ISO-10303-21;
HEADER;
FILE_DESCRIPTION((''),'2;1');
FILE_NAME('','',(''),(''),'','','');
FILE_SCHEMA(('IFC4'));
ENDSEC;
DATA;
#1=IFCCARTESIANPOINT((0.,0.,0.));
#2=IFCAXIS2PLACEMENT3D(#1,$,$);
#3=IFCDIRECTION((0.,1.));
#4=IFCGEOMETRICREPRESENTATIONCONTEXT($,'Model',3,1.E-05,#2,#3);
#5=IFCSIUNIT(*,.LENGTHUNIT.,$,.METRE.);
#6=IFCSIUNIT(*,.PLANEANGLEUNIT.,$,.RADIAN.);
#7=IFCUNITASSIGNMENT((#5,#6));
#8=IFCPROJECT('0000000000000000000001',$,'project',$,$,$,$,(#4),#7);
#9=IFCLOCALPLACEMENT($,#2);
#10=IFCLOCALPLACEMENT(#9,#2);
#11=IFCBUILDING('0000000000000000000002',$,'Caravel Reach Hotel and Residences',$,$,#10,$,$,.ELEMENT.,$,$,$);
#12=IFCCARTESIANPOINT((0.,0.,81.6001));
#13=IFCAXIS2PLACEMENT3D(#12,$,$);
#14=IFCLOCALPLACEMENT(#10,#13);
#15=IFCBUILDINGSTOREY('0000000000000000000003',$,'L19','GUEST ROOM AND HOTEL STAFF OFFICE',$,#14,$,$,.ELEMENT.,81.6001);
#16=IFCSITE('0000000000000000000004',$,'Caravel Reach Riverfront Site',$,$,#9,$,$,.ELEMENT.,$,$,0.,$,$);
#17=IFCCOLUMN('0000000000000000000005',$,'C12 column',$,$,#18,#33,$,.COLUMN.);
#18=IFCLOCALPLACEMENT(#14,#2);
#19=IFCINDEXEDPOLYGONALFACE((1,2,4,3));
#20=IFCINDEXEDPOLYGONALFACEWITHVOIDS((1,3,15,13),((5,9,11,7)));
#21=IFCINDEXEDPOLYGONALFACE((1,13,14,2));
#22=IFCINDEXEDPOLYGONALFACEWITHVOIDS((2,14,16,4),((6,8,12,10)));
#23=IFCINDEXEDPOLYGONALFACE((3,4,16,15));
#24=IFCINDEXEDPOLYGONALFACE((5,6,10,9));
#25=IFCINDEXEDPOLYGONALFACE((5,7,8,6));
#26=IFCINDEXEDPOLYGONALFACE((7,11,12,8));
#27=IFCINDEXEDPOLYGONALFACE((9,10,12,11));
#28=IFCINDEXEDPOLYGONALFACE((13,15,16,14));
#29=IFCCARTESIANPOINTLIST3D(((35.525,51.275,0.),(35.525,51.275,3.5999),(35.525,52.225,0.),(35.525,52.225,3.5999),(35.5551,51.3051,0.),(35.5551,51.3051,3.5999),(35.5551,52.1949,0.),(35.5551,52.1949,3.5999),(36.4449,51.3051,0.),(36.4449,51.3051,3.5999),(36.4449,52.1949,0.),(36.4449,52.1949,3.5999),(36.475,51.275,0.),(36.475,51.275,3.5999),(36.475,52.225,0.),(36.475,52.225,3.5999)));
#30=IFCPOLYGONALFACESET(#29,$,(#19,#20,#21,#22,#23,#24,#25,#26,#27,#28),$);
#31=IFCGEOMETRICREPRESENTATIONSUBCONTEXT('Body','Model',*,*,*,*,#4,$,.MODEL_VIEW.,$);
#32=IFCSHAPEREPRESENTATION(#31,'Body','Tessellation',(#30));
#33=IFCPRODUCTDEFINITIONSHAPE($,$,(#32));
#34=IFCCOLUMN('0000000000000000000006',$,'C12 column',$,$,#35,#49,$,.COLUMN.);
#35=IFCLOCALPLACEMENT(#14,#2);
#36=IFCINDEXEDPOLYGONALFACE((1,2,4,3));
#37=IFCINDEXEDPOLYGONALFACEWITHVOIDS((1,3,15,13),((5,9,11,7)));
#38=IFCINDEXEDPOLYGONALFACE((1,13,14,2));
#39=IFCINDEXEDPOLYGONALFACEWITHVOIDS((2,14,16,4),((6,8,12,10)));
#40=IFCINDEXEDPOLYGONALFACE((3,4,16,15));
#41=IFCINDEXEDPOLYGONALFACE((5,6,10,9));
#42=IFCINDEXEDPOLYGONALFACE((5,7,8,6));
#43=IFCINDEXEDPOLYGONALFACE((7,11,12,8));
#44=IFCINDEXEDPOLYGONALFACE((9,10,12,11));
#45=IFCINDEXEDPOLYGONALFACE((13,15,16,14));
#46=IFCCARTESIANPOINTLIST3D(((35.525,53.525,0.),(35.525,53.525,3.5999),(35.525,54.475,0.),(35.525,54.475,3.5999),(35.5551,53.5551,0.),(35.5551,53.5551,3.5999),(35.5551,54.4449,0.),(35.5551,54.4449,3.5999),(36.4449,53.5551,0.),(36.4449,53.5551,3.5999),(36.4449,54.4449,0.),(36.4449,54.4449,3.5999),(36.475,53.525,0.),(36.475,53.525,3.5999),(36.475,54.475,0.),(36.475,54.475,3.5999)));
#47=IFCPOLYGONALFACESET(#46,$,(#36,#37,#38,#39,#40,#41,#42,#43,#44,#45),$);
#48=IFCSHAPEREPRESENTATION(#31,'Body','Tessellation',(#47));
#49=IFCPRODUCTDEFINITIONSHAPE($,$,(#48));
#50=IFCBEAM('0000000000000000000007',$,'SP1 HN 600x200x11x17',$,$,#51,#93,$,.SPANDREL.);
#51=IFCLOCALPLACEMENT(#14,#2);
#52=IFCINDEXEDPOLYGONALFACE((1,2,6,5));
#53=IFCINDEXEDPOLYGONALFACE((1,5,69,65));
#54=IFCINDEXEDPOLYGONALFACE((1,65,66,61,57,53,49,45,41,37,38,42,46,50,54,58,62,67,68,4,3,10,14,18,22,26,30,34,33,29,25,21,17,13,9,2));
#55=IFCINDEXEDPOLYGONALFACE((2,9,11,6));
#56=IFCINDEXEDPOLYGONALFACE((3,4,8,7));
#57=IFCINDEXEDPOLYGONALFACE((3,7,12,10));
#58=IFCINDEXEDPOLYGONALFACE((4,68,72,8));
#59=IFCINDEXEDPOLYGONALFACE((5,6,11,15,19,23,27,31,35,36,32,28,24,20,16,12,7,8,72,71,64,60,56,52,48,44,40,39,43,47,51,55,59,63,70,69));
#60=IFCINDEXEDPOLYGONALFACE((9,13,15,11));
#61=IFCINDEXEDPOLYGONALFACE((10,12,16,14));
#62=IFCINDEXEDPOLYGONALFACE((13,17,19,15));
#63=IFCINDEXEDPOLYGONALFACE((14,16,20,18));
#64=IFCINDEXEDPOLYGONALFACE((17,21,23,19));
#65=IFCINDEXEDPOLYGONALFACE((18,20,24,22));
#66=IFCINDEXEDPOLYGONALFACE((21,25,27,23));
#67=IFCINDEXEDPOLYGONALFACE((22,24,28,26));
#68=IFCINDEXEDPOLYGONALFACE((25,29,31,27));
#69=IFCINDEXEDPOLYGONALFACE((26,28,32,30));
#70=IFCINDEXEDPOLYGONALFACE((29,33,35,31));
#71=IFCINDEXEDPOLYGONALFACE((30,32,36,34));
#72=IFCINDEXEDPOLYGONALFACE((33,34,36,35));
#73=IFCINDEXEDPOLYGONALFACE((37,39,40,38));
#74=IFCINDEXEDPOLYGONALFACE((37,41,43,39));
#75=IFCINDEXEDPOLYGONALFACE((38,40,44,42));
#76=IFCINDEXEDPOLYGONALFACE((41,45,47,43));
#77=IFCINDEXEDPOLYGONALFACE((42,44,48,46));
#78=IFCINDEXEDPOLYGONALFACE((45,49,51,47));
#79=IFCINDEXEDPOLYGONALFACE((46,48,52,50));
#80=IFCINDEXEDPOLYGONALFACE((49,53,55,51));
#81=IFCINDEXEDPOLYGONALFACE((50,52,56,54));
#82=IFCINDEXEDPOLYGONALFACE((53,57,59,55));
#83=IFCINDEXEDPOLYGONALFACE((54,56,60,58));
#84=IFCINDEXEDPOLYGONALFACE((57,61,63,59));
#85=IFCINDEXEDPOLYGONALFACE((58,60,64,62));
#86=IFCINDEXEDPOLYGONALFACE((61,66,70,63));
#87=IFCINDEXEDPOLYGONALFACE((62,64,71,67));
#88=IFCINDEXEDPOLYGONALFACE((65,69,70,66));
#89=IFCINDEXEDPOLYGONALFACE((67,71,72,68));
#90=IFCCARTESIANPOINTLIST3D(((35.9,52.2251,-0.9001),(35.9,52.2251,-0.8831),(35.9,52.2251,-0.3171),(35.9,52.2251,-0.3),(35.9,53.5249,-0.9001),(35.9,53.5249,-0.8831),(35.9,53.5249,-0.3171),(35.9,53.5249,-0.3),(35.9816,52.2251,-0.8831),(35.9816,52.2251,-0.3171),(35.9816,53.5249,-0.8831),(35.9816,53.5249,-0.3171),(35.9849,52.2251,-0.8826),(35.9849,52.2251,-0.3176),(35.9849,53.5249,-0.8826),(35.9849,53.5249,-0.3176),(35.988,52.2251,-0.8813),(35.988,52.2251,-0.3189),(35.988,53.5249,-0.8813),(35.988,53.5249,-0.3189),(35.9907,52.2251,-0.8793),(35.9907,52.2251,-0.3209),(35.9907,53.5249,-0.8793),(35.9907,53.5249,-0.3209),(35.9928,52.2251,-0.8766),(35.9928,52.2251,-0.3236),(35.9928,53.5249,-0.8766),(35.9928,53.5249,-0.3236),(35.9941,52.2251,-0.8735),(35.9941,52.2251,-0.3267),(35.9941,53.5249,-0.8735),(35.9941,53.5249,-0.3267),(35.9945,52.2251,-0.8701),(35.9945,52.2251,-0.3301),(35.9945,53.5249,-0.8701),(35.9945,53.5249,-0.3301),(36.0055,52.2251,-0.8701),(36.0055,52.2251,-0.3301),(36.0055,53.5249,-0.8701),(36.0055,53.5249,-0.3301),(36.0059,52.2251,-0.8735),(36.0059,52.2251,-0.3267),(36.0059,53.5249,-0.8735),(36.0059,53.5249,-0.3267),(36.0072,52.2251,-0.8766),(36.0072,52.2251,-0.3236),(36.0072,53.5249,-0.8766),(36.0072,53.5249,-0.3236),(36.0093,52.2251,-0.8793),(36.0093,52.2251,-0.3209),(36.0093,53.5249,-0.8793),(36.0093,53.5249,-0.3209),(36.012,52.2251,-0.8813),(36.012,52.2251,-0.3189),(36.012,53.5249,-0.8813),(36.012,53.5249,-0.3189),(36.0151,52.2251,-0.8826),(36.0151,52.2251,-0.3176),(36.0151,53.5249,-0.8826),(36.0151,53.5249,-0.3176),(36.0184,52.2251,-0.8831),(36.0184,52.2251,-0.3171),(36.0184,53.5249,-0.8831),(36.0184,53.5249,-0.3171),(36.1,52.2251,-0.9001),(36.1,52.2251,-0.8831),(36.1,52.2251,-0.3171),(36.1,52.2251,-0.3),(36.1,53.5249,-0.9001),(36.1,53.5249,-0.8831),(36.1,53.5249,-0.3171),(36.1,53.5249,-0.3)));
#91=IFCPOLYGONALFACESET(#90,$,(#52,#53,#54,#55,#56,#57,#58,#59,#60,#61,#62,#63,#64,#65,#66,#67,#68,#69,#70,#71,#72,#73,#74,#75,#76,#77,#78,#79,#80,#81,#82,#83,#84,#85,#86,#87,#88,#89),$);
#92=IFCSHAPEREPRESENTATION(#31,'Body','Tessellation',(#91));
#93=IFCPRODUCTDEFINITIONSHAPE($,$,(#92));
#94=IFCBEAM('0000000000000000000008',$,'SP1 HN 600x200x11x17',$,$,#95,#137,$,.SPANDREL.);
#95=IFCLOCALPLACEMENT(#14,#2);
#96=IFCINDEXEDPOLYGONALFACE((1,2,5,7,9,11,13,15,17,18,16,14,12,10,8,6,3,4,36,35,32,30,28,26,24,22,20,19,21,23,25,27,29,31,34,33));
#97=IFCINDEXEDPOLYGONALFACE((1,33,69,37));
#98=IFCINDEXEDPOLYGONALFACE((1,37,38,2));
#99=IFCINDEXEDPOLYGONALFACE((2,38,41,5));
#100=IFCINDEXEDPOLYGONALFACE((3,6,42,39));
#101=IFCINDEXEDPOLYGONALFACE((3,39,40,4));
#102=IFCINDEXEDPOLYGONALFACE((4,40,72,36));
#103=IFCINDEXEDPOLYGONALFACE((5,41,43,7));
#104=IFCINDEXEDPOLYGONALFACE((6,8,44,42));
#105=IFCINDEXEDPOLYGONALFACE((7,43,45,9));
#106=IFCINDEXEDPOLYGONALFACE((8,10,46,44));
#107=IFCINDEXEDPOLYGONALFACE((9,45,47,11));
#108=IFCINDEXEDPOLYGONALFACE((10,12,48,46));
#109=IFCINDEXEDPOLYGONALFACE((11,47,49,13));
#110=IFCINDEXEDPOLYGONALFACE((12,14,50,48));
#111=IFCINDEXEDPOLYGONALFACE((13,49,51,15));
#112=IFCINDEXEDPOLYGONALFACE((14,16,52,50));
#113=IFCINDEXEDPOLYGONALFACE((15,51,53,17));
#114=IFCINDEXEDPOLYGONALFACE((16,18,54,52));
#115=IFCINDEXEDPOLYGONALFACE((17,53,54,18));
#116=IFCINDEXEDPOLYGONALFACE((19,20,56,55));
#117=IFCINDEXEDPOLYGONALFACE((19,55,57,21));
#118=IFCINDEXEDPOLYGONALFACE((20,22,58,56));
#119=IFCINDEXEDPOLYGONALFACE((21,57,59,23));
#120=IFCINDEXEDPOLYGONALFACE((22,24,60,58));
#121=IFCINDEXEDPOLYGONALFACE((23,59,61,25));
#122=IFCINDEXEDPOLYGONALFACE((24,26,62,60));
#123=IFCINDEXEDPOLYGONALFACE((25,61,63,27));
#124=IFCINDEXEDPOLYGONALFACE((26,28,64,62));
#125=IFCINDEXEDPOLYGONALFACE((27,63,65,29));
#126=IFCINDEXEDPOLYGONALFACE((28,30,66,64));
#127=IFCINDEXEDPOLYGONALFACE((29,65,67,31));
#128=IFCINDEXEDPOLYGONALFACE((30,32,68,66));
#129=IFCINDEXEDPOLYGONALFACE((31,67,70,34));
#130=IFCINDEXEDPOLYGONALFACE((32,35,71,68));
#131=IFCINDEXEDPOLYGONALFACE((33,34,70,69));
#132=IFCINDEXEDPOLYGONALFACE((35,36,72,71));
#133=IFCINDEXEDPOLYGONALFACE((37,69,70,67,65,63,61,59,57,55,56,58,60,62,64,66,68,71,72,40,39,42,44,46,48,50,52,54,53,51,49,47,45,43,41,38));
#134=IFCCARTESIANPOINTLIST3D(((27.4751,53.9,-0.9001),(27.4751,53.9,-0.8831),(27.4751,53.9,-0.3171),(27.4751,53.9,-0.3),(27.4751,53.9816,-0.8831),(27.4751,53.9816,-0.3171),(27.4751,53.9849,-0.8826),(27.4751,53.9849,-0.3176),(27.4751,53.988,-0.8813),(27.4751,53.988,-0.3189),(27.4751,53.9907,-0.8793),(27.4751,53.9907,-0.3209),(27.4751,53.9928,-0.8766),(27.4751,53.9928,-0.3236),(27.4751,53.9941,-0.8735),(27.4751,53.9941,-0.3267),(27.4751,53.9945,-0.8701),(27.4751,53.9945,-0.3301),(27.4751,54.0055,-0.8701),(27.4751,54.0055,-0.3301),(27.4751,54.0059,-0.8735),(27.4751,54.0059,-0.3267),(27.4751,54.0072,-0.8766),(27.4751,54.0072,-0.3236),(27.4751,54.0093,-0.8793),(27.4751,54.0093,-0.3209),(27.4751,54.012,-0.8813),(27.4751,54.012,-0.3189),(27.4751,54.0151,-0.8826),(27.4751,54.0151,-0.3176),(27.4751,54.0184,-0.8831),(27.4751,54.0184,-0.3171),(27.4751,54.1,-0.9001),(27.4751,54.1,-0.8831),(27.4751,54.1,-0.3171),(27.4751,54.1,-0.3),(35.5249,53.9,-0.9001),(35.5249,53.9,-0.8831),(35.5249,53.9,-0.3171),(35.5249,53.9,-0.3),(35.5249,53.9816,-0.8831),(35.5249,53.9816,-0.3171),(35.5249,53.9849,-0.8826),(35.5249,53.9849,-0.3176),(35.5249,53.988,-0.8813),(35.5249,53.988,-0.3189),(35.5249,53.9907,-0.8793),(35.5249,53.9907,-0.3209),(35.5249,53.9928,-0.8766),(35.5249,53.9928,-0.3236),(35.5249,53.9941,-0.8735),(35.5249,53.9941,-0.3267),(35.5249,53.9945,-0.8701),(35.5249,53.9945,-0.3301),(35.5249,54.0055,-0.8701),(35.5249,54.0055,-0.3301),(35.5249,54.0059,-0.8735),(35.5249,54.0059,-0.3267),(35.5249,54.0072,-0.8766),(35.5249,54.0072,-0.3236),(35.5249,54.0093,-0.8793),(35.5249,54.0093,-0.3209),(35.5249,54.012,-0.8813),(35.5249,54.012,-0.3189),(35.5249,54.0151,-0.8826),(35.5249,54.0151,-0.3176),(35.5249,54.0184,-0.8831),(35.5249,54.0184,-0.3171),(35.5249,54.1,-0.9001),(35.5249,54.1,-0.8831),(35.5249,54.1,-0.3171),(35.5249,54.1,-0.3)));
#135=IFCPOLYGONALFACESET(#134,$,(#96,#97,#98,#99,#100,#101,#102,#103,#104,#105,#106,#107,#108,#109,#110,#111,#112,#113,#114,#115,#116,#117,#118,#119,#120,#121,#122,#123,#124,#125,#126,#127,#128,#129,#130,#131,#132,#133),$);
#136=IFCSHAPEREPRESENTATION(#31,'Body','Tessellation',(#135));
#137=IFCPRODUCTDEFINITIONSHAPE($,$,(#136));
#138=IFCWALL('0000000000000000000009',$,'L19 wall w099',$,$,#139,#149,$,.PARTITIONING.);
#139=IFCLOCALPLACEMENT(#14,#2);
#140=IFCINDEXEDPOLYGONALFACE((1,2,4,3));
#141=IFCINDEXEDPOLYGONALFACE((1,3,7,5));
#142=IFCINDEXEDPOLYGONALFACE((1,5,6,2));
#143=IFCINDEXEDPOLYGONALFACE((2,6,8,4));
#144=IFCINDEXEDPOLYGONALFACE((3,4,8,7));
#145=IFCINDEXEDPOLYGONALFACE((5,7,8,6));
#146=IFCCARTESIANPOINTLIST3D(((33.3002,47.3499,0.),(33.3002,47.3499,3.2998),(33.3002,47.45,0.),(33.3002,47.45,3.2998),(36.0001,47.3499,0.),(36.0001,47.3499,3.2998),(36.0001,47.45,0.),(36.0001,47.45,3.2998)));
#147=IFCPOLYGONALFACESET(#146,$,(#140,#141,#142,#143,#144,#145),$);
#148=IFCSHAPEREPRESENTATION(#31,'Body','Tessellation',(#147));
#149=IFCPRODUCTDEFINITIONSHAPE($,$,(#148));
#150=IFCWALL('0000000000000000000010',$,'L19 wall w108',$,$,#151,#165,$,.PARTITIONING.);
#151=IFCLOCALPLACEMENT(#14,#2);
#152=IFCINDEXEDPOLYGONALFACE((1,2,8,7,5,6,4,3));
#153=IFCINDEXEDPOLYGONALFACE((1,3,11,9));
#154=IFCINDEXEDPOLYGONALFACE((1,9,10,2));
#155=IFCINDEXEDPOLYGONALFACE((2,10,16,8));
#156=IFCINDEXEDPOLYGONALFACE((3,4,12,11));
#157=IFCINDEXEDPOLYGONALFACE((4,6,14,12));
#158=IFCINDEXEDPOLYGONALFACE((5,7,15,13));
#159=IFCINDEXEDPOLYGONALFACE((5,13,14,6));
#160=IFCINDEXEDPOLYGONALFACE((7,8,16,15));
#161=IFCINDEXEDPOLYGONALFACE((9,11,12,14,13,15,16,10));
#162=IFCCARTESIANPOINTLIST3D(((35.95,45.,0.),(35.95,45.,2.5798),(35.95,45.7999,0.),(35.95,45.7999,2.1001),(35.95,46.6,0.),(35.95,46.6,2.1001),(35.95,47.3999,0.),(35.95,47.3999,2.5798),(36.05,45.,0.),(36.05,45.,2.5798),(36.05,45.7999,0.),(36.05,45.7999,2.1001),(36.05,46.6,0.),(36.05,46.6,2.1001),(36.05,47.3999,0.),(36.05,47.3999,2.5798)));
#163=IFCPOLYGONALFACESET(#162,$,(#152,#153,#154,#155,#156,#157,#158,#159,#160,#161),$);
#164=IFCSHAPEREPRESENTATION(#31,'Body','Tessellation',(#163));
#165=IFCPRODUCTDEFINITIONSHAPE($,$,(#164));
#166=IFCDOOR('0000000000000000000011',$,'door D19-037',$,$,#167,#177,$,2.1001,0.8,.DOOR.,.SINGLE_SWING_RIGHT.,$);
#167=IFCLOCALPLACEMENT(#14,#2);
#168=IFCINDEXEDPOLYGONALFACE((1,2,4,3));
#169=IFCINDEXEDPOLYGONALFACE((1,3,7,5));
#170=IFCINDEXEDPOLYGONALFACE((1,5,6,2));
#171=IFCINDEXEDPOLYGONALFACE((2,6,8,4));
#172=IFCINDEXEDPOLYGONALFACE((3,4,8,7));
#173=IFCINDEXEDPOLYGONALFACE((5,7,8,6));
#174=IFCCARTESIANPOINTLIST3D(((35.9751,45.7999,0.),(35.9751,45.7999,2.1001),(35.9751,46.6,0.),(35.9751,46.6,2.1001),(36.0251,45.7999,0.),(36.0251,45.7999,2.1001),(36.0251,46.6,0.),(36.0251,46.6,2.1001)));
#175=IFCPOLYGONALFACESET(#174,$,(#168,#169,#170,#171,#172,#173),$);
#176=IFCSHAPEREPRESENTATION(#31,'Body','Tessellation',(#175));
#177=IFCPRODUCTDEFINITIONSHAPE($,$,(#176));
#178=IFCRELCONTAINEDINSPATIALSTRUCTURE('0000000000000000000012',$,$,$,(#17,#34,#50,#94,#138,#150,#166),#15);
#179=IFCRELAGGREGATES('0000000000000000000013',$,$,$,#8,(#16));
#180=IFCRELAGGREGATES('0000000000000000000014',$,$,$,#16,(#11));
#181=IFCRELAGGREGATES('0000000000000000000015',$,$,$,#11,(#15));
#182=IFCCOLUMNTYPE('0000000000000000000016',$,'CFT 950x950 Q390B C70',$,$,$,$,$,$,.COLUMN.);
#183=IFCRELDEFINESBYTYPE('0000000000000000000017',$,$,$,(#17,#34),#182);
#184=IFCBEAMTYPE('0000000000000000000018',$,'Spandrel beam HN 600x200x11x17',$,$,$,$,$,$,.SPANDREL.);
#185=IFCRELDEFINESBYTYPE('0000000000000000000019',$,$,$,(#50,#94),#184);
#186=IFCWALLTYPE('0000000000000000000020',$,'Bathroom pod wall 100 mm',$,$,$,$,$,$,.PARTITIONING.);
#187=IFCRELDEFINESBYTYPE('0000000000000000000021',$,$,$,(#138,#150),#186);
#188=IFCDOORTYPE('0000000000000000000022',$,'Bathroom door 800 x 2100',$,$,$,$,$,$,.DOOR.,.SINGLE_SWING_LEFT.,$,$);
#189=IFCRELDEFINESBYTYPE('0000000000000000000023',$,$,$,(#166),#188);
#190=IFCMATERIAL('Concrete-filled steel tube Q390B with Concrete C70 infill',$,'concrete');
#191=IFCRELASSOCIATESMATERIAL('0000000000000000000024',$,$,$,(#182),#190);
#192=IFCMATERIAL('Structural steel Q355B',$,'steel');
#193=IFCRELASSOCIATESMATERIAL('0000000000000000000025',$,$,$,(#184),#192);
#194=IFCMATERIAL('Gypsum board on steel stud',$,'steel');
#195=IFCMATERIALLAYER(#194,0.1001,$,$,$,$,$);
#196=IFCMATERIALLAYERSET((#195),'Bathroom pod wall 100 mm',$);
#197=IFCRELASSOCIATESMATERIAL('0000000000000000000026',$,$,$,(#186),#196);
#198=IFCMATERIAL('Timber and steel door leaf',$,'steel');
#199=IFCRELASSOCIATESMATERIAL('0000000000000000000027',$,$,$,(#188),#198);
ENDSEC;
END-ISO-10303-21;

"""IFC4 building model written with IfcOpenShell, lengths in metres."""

from ifc_helpers import new_model, si_unit, direction, frame, frame_2d, origin, origin_2d, place, context, subcontext, project, spatial, rectangle, hollow_rectangle, i_section, extrude, material, layer, layer_set, material_profile, profile_set, type_object, element, fill, save


model = new_model("IFC4")

# Units and contexts
model_context = context("Model", 3, precision=1e-05, world=origin(), true_north=direction((0.0, 1.0)))
body_context = subcontext(model_context, "Body", "Model", "MODEL_VIEW")
ifc_project = project(units=[si_unit("LENGTHUNIT", "METRE"), si_unit("PLANEANGLEUNIT", "RADIAN")], contexts=[model_context])

# Site, building, storey
site_placement = place(None, origin())
site = spatial("IfcSite", under=ifc_project, at=site_placement, Name="Caravel Reach Riverfront Site", CompositionType="ELEMENT", RefElevation=0.0)
building_placement = place(site_placement, origin())
building = spatial("IfcBuilding", under=site, at=building_placement, Name="Caravel Reach Hotel and Residences", CompositionType="ELEMENT")
storey_placement = place(building_placement, frame((0.0, 0.0, 81.6001)))
storey = spatial("IfcBuildingStorey", under=building, at=storey_placement, Name="L19", Description="GUEST ROOM AND HOTEL STAFF OFFICE", CompositionType="ELEMENT", Elevation=81.6001)

# Columns
ifc_material_1 = material(Name="Concrete-filled steel tube Q390B with Concrete C70 infill", Category="concrete")
ifc_material_profile_1 = material_profile(ifc_material_1, hollow_rectangle(XDim=0.95, YDim=0.95, WallThickness=0.03, at=origin_2d()), Name="RHS 950x950x30")
ifc_profile_set_1 = profile_set([ifc_material_profile_1], Name="Concrete-filled steel tube Q390B with Concrete C70 infill")
column_type = type_object("IfcColumnType", Name="CFT 950x950 Q390B C70", PredefinedType="COLUMN", material=ifc_profile_set_1)
for number, where, z_axis, x_axis, name in (
    (1, (36.0, 51.75, 0.0), (0.0, 0.0, 1.0), (1.0, 0.0, 0.0), "C12 column"),
    (2, (36.0, 54.0, 0.0), (0.0, 0.0, 1.0), (1.0, 0.0, 0.0), "C12 column"),
):
    element("IfcColumn", number, at=place(storey_placement, frame(where, z_axis=z_axis, x_axis=x_axis)), inside=storey, type_object=column_type, Name=name, PredefinedType="COLUMN", context=body_context, shape_type="SweptSolid", body=[
        extrude(hollow_rectangle(XDim=0.95, YDim=0.95, WallThickness=0.03, at=origin_2d()), origin(), (0.0, 0.0, 1.0), 3.5999),
    ])

# Beams
ifc_material_2 = material(Name="Structural steel Q355B", Category="steel")
ifc_material_profile_2 = material_profile(ifc_material_2, i_section(OverallWidth=0.2, OverallDepth=0.6001, WebThickness=0.011, FlangeThickness=0.0171, FilletRadius=0.0129, at=origin_2d()), Name="HN 600x200x11x17")
ifc_profile_set_2 = profile_set([ifc_material_profile_2], Name="Structural steel Q355B")
beam_type = type_object("IfcBeamType", Name="Spandrel beam HN 600x200x11x17", PredefinedType="SPANDREL", material=ifc_profile_set_2)
beam_1_placement = place(storey_placement, frame((36.0, 52.2251, -0.6001), z_axis=(0.0, 1.0, 0.0), x_axis=(-1.0, 0.0, 0.0)))
element("IfcBeam", 3, at=beam_1_placement, inside=storey, type_object=beam_type, Name="SP1 HN 600x200x11x17", PredefinedType="SPANDREL", context=body_context, shape_type="SweptSolid", body=[
    extrude(i_section(OverallWidth=0.2, OverallDepth=0.6001, WebThickness=0.011, FlangeThickness=0.0171, FilletRadius=0.0129, at=origin_2d()), origin(), (0.0, 0.0, 1.0), 1.2998),
])
beam_2_placement = place(storey_placement, frame((35.5249, 54.0, -0.6001), z_axis=(-1.0, 0.0, 0.0), x_axis=(0.0, -1.0, 0.0)))
element("IfcBeam", 4, at=beam_2_placement, inside=storey, type_object=beam_type, Name="SP1 HN 600x200x11x17", PredefinedType="SPANDREL", context=body_context, shape_type="SweptSolid", body=[
    extrude(i_section(OverallWidth=0.2, OverallDepth=0.6001, WebThickness=0.011, FlangeThickness=0.0171, FilletRadius=0.0129, at=origin_2d()), origin(), (0.0, 0.0, 1.0), 8.0498),
])

# Wall
ifc_material_3 = material(Name="Gypsum board on steel stud", Category="steel")
ifc_layer_1 = layer(ifc_material_3, 0.1001)
ifc_layer_set_1 = layer_set([ifc_layer_1], Name="Bathroom pod wall 100 mm")
wall_type_1 = type_object("IfcWallType", Name="Bathroom pod wall 100 mm", PredefinedType="PARTITIONING", material=ifc_layer_set_1)
wall_1_placement = place(storey_placement, frame((33.3, 47.3999, 0.0), z_axis=(0.0, 0.0, 1.0), x_axis=(1.0, 0.0, 0.0)))
element("IfcWall", 5, at=wall_1_placement, inside=storey, type_object=wall_type_1, Name="L19 wall w099", PredefinedType="PARTITIONING", context=body_context, shape_type="SweptSolid", body=[
    extrude(rectangle(XDim=2.7, YDim=0.1001, at=frame_2d((1.3501, 0.0))), origin(), (0.0, 0.0, 1.0), 3.2998),
])

# Wall, opening, door
wall_2_placement = place(storey_placement, frame((36.0, 45.0, 0.0), z_axis=(0.0, 0.0, 1.0), x_axis=(0.0, 1.0, 0.0)))
wall_2 = element("IfcWall", 6, at=wall_2_placement, inside=storey, type_object=wall_type_1, Name="L19 wall w108", PredefinedType="PARTITIONING", context=body_context, shape_type="SweptSolid", body=[
    extrude(rectangle(XDim=2.3999, YDim=0.1001, at=frame_2d((1.2, 0.0))), origin(), (0.0, 0.0, 1.0), 2.5798),
])
opening_1_placement = place(wall_2_placement, frame((0.8, 0.0, 0.0)))
opening_1 = element("IfcOpeningElement", 7, at=opening_1_placement, cuts=wall_2, PredefinedType="OPENING", context=body_context, shape_type="SweptSolid", body=[
    extrude(rectangle(XDim=0.8, YDim=2.1001, at=frame_2d((0.3999, 1.05))), frame((0.0, 0.0601, 0.0), z_axis=(0.0, -1.0, 0.0), x_axis=(1.0, 0.0, 0.0)), (0.0, 0.0, 1.0), 0.1201),
])
ifc_material_4 = material(Name="Timber and steel door leaf", Category="steel")
door_type_1 = type_object("IfcDoorType", Name="Bathroom door 800 x 2100", OperationType="SINGLE_SWING_LEFT", PredefinedType="DOOR", material=ifc_material_4)
door_1_placement = place(opening_1_placement, origin())
door_1 = element("IfcDoor", 8, at=door_1_placement, inside=storey, type_object=door_type_1, Name="door D19-037", OperationType="SINGLE_SWING_RIGHT", OverallHeight=2.1001, OverallWidth=0.8, PredefinedType="DOOR", context=body_context, shape_type="SweptSolid", body=[
    extrude(rectangle(XDim=0.8, YDim=2.1001, at=frame_2d((0.3999, 1.05))), frame((0.0, 0.0249, 0.0), z_axis=(0.0, -1.0, 0.0), x_axis=(1.0, 0.0, 0.0)), (0.0, 0.0, 1.0), 0.05),
])
fill(opening_1, door_1)

save(model, "model.ifc")
